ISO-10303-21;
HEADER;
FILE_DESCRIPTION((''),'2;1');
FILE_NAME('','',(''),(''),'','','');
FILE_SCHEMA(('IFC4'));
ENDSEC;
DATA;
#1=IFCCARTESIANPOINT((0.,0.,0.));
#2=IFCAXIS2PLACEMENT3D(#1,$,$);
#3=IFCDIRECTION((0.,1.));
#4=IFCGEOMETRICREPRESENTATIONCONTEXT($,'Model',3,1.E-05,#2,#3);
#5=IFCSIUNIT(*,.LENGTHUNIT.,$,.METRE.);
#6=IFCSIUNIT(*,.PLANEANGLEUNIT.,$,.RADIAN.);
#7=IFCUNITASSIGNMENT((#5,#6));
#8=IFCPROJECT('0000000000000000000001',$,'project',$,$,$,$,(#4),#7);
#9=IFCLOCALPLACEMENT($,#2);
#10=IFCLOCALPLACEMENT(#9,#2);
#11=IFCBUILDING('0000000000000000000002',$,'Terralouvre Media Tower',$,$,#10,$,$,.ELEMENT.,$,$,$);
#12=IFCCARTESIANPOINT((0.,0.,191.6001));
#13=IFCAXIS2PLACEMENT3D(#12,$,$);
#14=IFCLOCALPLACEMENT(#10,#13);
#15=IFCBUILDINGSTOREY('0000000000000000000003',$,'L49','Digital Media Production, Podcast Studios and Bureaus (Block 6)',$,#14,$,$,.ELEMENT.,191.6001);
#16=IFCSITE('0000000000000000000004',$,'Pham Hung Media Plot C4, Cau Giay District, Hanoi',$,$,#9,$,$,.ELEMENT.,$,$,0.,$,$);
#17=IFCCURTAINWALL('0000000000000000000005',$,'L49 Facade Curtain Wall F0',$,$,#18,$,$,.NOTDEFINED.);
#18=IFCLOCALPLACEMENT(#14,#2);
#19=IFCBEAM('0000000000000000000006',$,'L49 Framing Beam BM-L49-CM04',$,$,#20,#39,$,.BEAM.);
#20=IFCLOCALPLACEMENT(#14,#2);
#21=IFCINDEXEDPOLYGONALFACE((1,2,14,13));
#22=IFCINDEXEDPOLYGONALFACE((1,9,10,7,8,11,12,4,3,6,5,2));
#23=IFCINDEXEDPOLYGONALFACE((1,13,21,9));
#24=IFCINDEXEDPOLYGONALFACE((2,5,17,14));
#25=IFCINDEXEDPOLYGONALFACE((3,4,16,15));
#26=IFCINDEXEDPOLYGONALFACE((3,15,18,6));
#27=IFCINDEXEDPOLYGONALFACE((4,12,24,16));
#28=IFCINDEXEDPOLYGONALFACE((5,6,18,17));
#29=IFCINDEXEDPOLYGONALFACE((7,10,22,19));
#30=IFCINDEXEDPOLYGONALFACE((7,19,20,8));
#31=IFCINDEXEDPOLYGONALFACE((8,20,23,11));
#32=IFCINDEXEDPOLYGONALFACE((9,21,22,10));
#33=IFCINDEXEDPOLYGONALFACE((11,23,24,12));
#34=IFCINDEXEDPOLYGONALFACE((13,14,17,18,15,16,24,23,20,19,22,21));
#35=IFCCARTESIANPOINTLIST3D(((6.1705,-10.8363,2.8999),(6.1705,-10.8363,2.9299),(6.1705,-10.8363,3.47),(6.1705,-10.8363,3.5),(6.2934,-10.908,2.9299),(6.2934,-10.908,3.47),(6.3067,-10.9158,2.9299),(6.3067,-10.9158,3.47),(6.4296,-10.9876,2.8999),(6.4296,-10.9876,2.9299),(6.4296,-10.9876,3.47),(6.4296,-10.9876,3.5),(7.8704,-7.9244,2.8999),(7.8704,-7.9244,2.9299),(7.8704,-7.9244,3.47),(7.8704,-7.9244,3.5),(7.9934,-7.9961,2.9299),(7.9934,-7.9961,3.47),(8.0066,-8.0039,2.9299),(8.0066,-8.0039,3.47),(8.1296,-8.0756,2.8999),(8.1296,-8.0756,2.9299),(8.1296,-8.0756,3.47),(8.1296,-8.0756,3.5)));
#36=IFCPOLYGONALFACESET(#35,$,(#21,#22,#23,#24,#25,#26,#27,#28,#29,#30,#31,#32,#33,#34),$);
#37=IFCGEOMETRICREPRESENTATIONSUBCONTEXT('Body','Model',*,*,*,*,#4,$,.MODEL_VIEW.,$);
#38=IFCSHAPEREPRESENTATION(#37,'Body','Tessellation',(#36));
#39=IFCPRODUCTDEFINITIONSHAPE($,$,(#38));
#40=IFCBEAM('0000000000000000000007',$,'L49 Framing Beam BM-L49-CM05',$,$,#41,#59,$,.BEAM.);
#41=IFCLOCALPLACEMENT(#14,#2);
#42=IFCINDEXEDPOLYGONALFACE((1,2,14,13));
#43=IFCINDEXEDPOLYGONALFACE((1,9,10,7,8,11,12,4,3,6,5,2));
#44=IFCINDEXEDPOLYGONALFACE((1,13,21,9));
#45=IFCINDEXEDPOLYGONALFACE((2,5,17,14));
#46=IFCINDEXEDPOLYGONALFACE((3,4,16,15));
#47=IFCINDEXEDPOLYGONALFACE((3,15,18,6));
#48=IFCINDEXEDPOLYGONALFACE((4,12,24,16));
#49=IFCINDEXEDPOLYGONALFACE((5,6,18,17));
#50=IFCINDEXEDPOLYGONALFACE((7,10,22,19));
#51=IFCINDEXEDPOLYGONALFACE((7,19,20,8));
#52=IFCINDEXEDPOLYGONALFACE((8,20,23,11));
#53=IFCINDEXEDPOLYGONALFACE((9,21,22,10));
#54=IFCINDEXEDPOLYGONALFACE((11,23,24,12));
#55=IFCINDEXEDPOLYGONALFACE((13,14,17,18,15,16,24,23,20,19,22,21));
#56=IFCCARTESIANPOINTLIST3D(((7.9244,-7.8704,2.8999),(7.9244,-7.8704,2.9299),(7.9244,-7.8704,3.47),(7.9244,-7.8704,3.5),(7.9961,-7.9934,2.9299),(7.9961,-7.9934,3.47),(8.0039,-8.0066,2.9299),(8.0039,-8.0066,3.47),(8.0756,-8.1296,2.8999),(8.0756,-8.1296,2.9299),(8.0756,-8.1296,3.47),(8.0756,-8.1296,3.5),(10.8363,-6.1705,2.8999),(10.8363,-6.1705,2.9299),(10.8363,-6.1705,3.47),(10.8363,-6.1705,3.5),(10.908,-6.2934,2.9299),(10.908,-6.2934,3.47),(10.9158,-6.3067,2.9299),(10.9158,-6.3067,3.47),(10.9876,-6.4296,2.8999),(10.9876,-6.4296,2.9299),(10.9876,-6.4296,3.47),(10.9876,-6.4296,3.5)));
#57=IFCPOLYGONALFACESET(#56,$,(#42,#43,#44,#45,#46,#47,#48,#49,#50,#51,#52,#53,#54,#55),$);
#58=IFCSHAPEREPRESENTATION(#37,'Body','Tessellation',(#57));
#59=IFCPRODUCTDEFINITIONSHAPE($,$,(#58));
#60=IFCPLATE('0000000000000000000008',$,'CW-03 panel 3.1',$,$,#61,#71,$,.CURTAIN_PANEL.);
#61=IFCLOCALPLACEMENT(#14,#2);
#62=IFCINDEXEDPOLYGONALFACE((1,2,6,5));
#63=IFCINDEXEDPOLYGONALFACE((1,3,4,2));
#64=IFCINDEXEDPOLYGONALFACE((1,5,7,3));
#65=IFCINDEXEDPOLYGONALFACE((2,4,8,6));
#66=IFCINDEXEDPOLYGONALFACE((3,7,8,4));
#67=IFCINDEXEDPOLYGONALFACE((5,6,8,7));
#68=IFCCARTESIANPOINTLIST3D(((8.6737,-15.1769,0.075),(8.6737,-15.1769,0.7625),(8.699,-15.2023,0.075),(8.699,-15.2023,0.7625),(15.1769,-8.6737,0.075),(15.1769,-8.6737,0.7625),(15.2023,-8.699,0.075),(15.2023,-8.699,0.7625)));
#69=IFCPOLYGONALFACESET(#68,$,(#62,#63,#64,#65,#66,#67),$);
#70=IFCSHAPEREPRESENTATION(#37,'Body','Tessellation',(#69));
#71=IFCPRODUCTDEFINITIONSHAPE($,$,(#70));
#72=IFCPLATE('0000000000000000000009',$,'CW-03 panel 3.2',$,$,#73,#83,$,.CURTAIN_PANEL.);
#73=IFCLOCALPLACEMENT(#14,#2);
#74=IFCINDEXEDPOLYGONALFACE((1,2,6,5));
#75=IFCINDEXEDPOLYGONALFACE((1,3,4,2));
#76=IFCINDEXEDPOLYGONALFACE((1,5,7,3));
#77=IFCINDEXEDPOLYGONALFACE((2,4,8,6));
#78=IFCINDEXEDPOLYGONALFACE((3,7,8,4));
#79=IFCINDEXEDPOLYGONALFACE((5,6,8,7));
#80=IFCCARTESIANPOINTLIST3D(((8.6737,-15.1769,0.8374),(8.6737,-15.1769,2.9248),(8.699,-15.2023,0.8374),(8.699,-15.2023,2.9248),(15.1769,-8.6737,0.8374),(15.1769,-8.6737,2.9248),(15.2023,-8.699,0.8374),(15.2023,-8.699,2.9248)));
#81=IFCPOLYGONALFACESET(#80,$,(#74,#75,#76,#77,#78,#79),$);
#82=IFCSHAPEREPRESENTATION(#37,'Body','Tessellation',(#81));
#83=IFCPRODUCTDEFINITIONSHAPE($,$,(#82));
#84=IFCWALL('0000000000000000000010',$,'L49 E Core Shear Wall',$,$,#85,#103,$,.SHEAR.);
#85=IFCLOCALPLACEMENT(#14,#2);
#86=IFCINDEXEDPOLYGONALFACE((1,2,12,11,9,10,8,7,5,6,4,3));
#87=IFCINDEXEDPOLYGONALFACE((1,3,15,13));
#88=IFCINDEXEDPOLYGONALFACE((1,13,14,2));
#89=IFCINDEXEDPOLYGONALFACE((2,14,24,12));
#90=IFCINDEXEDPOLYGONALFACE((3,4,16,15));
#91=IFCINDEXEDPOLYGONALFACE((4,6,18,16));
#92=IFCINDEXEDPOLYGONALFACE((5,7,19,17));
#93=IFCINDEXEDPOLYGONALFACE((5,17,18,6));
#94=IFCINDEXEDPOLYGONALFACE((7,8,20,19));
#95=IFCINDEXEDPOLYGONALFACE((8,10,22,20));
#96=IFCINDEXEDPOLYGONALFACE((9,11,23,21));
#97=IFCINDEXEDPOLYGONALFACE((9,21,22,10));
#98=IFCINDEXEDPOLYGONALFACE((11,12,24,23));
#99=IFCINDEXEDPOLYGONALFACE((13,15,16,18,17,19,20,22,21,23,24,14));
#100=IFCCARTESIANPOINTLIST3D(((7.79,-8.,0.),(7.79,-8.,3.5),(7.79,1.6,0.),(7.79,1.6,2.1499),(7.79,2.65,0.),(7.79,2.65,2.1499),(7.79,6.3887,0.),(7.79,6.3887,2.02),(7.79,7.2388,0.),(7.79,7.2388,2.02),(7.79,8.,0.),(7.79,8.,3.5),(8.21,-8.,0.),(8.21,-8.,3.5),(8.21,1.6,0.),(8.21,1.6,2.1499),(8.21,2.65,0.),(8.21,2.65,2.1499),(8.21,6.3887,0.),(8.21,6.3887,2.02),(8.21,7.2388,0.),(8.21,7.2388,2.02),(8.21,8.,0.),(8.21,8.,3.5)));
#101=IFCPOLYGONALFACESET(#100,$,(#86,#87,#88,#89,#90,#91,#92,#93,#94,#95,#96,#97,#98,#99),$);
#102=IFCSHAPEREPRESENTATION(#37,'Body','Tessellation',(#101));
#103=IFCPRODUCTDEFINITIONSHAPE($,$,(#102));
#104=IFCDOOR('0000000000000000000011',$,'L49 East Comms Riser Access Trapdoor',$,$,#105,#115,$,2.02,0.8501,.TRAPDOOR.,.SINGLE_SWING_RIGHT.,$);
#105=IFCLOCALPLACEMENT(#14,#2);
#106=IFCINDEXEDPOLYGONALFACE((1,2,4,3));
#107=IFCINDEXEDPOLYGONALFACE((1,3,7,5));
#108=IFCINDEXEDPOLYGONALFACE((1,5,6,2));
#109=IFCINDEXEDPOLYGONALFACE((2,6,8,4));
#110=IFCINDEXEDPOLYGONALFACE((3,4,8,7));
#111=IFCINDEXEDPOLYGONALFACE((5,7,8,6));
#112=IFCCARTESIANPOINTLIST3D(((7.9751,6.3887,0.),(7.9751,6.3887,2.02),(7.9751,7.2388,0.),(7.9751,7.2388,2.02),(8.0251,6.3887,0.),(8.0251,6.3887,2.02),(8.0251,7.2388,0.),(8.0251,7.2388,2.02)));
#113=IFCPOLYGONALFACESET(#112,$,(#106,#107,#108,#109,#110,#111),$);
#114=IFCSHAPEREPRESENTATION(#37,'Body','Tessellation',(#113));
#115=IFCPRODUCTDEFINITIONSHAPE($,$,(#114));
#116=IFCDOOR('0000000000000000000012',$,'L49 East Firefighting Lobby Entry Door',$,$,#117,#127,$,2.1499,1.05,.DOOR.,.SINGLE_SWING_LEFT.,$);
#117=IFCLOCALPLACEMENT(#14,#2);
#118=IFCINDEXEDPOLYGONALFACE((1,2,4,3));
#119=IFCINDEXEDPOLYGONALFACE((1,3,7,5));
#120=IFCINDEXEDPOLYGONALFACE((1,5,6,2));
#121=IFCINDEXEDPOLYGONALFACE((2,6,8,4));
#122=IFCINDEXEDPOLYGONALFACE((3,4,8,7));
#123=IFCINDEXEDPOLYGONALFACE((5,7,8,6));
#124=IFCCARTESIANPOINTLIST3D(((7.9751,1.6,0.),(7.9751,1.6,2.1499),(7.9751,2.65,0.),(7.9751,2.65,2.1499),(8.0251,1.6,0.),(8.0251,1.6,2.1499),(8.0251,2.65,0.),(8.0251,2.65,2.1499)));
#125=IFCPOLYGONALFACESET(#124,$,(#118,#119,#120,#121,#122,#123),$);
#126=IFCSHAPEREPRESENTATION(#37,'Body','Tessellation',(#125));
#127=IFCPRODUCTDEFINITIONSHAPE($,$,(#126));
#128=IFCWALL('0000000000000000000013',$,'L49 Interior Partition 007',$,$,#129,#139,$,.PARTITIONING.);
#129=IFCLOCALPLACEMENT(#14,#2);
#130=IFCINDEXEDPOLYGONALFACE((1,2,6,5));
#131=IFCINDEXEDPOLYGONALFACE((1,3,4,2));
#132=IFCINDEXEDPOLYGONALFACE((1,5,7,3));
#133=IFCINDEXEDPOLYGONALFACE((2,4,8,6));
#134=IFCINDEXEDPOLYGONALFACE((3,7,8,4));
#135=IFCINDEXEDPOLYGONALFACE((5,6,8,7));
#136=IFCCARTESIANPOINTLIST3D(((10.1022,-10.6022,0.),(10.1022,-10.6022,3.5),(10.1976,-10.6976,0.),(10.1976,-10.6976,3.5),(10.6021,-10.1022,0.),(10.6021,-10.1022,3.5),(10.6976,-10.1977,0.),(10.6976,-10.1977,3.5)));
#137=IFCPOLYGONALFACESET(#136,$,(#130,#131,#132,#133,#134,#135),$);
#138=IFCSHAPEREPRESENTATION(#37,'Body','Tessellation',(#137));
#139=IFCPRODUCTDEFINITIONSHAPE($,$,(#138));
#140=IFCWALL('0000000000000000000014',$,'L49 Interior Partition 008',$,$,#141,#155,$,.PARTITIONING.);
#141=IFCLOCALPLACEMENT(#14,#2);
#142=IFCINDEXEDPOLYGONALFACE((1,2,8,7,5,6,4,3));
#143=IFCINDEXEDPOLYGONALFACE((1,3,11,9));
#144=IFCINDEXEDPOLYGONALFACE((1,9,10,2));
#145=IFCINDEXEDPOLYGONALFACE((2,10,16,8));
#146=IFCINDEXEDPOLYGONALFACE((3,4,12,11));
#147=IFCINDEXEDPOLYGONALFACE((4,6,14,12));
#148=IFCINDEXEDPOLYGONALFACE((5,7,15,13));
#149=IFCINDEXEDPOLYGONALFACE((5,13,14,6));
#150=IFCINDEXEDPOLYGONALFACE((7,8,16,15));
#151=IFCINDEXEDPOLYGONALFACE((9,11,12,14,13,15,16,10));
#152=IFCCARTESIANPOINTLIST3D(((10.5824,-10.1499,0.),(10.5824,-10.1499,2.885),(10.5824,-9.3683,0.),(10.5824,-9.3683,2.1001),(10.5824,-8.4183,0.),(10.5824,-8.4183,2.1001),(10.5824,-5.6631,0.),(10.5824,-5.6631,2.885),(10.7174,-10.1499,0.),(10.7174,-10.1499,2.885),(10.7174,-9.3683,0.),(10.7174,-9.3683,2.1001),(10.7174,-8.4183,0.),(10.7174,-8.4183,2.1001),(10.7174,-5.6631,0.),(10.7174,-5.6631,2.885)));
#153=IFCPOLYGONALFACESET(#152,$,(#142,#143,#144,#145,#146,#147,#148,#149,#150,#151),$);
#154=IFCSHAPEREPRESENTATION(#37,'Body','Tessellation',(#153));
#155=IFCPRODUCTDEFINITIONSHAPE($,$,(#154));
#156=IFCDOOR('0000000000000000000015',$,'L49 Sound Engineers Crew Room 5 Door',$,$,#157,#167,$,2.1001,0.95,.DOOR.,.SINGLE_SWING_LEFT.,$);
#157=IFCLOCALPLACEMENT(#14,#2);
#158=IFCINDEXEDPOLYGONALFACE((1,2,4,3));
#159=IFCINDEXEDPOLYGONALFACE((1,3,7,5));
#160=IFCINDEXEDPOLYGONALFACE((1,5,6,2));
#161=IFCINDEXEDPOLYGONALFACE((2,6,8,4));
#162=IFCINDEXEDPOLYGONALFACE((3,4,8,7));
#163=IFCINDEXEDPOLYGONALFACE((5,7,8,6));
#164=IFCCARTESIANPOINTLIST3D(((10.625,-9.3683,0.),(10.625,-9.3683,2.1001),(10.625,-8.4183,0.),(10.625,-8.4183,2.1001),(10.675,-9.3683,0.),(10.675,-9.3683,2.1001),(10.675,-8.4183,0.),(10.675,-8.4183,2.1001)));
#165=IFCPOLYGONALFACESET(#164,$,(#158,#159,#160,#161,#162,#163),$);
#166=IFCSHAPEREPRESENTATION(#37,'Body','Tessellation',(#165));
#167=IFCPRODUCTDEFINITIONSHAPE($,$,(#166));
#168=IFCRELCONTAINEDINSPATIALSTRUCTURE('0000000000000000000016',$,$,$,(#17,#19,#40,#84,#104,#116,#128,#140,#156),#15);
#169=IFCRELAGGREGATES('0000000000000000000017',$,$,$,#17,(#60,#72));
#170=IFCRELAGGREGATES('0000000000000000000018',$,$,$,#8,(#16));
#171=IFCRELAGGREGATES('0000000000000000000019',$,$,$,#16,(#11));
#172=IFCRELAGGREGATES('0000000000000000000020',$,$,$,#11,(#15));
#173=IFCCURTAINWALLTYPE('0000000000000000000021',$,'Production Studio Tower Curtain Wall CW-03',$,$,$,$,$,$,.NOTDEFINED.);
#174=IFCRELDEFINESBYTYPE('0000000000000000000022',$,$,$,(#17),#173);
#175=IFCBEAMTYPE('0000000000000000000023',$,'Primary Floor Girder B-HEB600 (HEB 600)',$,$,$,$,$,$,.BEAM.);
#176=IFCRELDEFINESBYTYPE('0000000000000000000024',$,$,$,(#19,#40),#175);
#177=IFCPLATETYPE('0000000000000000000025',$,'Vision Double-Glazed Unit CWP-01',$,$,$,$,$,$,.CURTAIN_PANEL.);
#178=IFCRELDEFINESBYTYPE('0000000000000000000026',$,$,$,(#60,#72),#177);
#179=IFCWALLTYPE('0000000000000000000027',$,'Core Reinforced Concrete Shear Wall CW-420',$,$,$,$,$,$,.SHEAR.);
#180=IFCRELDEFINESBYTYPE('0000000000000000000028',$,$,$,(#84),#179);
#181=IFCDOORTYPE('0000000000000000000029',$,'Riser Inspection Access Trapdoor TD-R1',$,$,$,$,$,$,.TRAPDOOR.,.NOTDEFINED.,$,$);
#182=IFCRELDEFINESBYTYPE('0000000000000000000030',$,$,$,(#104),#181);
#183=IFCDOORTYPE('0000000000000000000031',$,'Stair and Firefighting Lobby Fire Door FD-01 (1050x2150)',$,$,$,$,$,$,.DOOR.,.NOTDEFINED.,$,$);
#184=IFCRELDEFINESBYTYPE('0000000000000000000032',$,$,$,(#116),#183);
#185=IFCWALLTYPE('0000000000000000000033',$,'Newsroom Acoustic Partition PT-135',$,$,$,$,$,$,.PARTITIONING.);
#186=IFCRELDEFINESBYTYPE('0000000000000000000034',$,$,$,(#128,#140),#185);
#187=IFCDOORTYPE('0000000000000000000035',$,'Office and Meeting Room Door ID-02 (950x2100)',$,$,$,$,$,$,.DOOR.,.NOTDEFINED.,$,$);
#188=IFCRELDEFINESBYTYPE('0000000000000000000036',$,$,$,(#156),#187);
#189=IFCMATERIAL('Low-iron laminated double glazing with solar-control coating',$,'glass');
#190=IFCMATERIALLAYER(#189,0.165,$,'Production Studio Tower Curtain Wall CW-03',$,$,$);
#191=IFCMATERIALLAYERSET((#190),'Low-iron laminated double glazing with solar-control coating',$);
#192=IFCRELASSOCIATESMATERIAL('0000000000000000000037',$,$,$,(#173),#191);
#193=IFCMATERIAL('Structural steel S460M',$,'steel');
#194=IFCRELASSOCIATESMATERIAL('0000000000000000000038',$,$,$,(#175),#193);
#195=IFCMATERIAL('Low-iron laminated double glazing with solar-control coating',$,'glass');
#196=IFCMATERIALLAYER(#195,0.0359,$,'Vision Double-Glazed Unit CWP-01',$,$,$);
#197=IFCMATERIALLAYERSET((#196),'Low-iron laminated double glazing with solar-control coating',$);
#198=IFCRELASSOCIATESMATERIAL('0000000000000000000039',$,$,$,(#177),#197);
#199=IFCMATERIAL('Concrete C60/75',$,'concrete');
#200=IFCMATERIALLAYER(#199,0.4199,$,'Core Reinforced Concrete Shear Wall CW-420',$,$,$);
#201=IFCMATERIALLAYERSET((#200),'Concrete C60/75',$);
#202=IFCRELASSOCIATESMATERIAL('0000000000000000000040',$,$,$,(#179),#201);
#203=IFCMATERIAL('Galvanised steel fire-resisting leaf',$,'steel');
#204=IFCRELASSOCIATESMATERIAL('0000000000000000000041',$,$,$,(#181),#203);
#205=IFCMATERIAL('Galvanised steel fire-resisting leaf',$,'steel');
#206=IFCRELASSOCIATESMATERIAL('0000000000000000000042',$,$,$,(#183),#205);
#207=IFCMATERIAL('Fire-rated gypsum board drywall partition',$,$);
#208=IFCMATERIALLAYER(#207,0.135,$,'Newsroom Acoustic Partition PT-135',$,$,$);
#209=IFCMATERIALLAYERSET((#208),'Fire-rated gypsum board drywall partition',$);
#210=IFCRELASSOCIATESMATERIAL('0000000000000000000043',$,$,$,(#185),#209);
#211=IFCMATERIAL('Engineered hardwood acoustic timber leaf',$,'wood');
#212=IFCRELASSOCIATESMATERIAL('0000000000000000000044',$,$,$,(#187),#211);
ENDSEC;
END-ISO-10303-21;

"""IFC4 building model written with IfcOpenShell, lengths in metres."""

from ifc_helpers import new_model, si_unit, direction, frame, frame_2d, origin, origin_2d, place, context, subcontext, project, spatial, rectangle, i_section, extrude, material, layer, layer_set, material_profile, profile_set, type_object, element, fill, aggregate, save


model = new_model("IFC4")

# Units and contexts
model_context = context("Model", 3, precision=1e-05, world=origin(), true_north=direction((0.0, 1.0)))
body_context = subcontext(model_context, "Body", "Model", "MODEL_VIEW")
ifc_project = project(units=[si_unit("LENGTHUNIT", "METRE"), si_unit("PLANEANGLEUNIT", "RADIAN")], contexts=[model_context])

# Site, building, storey
site_placement = place(None, origin())
site = spatial("IfcSite", under=ifc_project, at=site_placement, Name="Pham Hung Media Plot C4, Cau Giay District, Hanoi", CompositionType="ELEMENT", RefElevation=0.0)
building_placement = place(site_placement, origin())
building = spatial("IfcBuilding", under=site, at=building_placement, Name="Terralouvre Media Tower", CompositionType="ELEMENT")
storey_placement = place(building_placement, frame((0.0, 0.0, 191.6001)))
storey = spatial("IfcBuildingStorey", under=building, at=storey_placement, Name="L49", Description="Digital Media Production, Podcast Studios and Bureaus (Block 6)", CompositionType="ELEMENT", Elevation=191.6001)

# Curtain wall
ifc_material_1 = material(Name="Low-iron laminated double glazing with solar-control coating", Category="glass")
ifc_layer_1 = layer(ifc_material_1, 0.165, Name="Production Studio Tower Curtain Wall CW-03")
ifc_layer_set_1 = layer_set([ifc_layer_1], Name="Low-iron laminated double glazing with solar-control coating")
curtain_wall_type = type_object("IfcCurtainWallType", Name="Production Studio Tower Curtain Wall CW-03", PredefinedType="NOTDEFINED", material=ifc_layer_set_1)
curtain_wall_placement = place(storey_placement, origin())
curtain_wall = element("IfcCurtainWall", 1, at=curtain_wall_placement, inside=storey, type_object=curtain_wall_type, Name="L49 Facade Curtain Wall F0", PredefinedType="NOTDEFINED")

# Beams
ifc_material_2 = material(Name="Structural steel S460M", Category="steel")
ifc_material_profile_1 = material_profile(ifc_material_2, i_section(OverallWidth=0.3, OverallDepth=0.6001, WebThickness=0.0154, FlangeThickness=0.03, at=origin_2d()), Name="HEB 600")
ifc_profile_set_1 = profile_set([ifc_material_profile_1], Name="Structural steel S460M")
beam_type_1 = type_object("IfcBeamType", Name="Primary Floor Girder B-HEB600 (HEB 600)", PredefinedType="BEAM", material=ifc_profile_set_1)
for number, where, z_axis, x_axis, name in (
    (2, (8.0, -8.0, 3.2), (-0.504173, -0.863603, 0.0), (0.863603, -0.504173, 0.0), "L49 Framing Beam BM-L49-CM04"),
    (3, (8.0, -8.0, 3.2), (0.863603, 0.504173, 0.0), (-0.504173, 0.863603, 0.0), "L49 Framing Beam BM-L49-CM05"),
):
    element("IfcBeam", number, at=place(storey_placement, frame(where, z_axis=z_axis, x_axis=x_axis)), inside=storey, type_object=beam_type_1, Name=name, PredefinedType="BEAM", context=body_context, shape_type="SweptSolid", body=[
        extrude(i_section(OverallWidth=0.3, OverallDepth=0.6001, WebThickness=0.0154, FlangeThickness=0.03, at=origin_2d()), origin(), (0.0, 0.0, 1.0), 3.3718),
    ])

# Plates
ifc_material_3 = material(Name="Low-iron laminated double glazing with solar-control coating", Category="glass")
ifc_layer_2 = layer(ifc_material_3, 0.0359, Name="Vision Double-Glazed Unit CWP-01")
ifc_layer_set_2 = layer_set([ifc_layer_2], Name="Low-iron laminated double glazing with solar-control coating")
plate_type = type_object("IfcPlateType", Name="Vision Double-Glazed Unit CWP-01", PredefinedType="CURTAIN_PANEL", material=ifc_layer_set_2)
plate_1_placement = place(storey_placement, frame((11.938, -11.938, 0.075), z_axis=(0.0, 0.0, 1.0), x_axis=(0.707107, 0.707107, 0.0)))
plate_1 = element("IfcPlate", 4, at=plate_1_placement, type_object=plate_type, Name="CW-03 panel 3.1", PredefinedType="CURTAIN_PANEL", context=body_context, shape_type="SweptSolid", body=[
    extrude(rectangle(XDim=9.197, YDim=0.0359, at=origin_2d()), origin(), (0.0, 0.0, 1.0), 0.6875),
])
plate_2_placement = place(storey_placement, frame((11.938, -11.938, 0.8374), z_axis=(0.0, 0.0, 1.0), x_axis=(0.707107, 0.707107, 0.0)))
plate_2 = element("IfcPlate", 5, at=plate_2_placement, type_object=plate_type, Name="CW-03 panel 3.2", PredefinedType="CURTAIN_PANEL", context=body_context, shape_type="SweptSolid", body=[
    extrude(rectangle(XDim=9.197, YDim=0.0359, at=origin_2d()), origin(), (0.0, 0.0, 1.0), 2.0874),
])
aggregate(curtain_wall, [plate_1, plate_2])

# Wall, openings, doors
ifc_material_4 = material(Name="Concrete C60/75", Category="concrete")
ifc_layer_3 = layer(ifc_material_4, 0.4199, Name="Core Reinforced Concrete Shear Wall CW-420")
ifc_layer_set_3 = layer_set([ifc_layer_3], Name="Concrete C60/75")
wall_type_1 = type_object("IfcWallType", Name="Core Reinforced Concrete Shear Wall CW-420", PredefinedType="SHEAR", material=ifc_layer_set_3)
wall_1_placement = place(storey_placement, frame((8.0, -8.0, 0.0), z_axis=(0.0, 0.0, 1.0), x_axis=(0.0, 1.0, 0.0)))
wall_1 = element("IfcWall", 6, at=wall_1_placement, inside=storey, type_object=wall_type_1, Name="L49 E Core Shear Wall", PredefinedType="SHEAR", context=body_context, shape_type="SweptSolid", body=[
    extrude(rectangle(XDim=16.0, YDim=0.4199, at=frame_2d((8.0, 0.0))), origin(), (0.0, 0.0, 1.0), 3.5),
])
opening_1_placement = place(wall_1_placement, frame((9.6001, 0.0, 0.0)))
opening_1 = element("IfcOpeningElement", 7, at=opening_1_placement, cuts=wall_1, PredefinedType="OPENING", context=body_context, shape_type="SweptSolid", body=[
    extrude(rectangle(XDim=1.05, YDim=2.1499, at=frame_2d((0.5249, 1.075))), frame((0.0, 0.22, 0.0), z_axis=(0.0, -1.0, 0.0), x_axis=(1.0, 0.0, 0.0)), (0.0, 0.0, 1.0), 0.4399),
])
opening_2_placement = place(wall_1_placement, frame((14.3887, 0.0, 0.0)))
opening_2 = element("IfcOpeningElement", 8, at=opening_2_placement, cuts=wall_1, PredefinedType="OPENING", context=body_context, shape_type="SweptSolid", body=[
    extrude(rectangle(XDim=0.8501, YDim=2.02, at=frame_2d((0.425, 1.01))), frame((0.0, 0.22, 0.0), z_axis=(0.0, -1.0, 0.0), x_axis=(1.0, 0.0, 0.0)), (0.0, 0.0, 1.0), 0.4399),
])
ifc_material_5 = material(Name="Galvanised steel fire-resisting leaf", Category="steel")
door_type_1 = type_object("IfcDoorType", Name="Riser Inspection Access Trapdoor TD-R1", OperationType="NOTDEFINED", PredefinedType="TRAPDOOR", material=ifc_material_5)
door_1_placement = place(opening_2_placement, origin())
door_1 = element("IfcDoor", 9, at=door_1_placement, inside=storey, type_object=door_type_1, Name="L49 East Comms Riser Access Trapdoor", OperationType="SINGLE_SWING_RIGHT", OverallHeight=2.02, OverallWidth=0.8501, PredefinedType="TRAPDOOR", context=body_context, shape_type="SweptSolid", body=[
    extrude(rectangle(XDim=0.8501, YDim=2.02, at=frame_2d((0.425, 1.01))), frame((0.0, 0.0249, 0.0), z_axis=(0.0, -1.0, 0.0), x_axis=(1.0, 0.0, 0.0)), (0.0, 0.0, 1.0), 0.05),
])
fill(opening_2, door_1)
ifc_material_6 = material(Name="Galvanised steel fire-resisting leaf", Category="steel")
door_type_2 = type_object("IfcDoorType", Name="Stair and Firefighting Lobby Fire Door FD-01 (1050x2150)", OperationType="NOTDEFINED", PredefinedType="DOOR", material=ifc_material_6)
door_2_placement = place(opening_1_placement, origin())
door_2 = element("IfcDoor", 10, at=door_2_placement, inside=storey, type_object=door_type_2, Name="L49 East Firefighting Lobby Entry Door", OperationType="SINGLE_SWING_LEFT", OverallHeight=2.1499, OverallWidth=1.05, PredefinedType="DOOR", context=body_context, shape_type="SweptSolid", body=[
    extrude(rectangle(XDim=1.05, YDim=2.1499, at=frame_2d((0.5249, 1.075))), frame((0.0, 0.0249, 0.0), z_axis=(0.0, -1.0, 0.0), x_axis=(1.0, 0.0, 0.0)), (0.0, 0.0, 1.0), 0.05),
])
fill(opening_1, door_2)

# Wall
ifc_material_7 = material(Name="Fire-rated gypsum board drywall partition")
ifc_layer_4 = layer(ifc_material_7, 0.135, Name="Newsroom Acoustic Partition PT-135")
ifc_layer_set_4 = layer_set([ifc_layer_4], Name="Fire-rated gypsum board drywall partition")
wall_type_2 = type_object("IfcWallType", Name="Newsroom Acoustic Partition PT-135", PredefinedType="PARTITIONING", material=ifc_layer_set_4)
wall_2_placement = place(storey_placement, frame((10.1499, -10.6499, 0.0), z_axis=(0.0, 0.0, 1.0), x_axis=(0.707107, 0.707107, 0.0)))
element("IfcWall", 11, at=wall_2_placement, inside=storey, type_object=wall_type_2, Name="L49 Interior Partition 007", PredefinedType="PARTITIONING", context=body_context, shape_type="SweptSolid", body=[
    extrude(rectangle(XDim=0.707, YDim=0.135, at=frame_2d((0.3535, 0.0))), origin(), (0.0, 0.0, 1.0), 3.5),
])

# Wall, opening, door
wall_3_placement = place(storey_placement, frame((10.6499, -10.1499, 0.0), z_axis=(0.0, 0.0, 1.0), x_axis=(0.0, 1.0, 0.0)))
wall_3 = element("IfcWall", 12, at=wall_3_placement, inside=storey, type_object=wall_type_2, Name="L49 Interior Partition 008", PredefinedType="PARTITIONING", context=body_context, shape_type="SweptSolid", body=[
    extrude(rectangle(XDim=4.4868, YDim=0.135, at=frame_2d((2.2434, 0.0))), origin(), (0.0, 0.0, 1.0), 2.885),
])
opening_3_placement = place(wall_3_placement, frame((0.7815, 0.0, 0.0)))
opening_3 = element("IfcOpeningElement", 13, at=opening_3_placement, cuts=wall_3, PredefinedType="OPENING", context=body_context, shape_type="SweptSolid", body=[
    extrude(rectangle(XDim=0.95, YDim=2.1001, at=frame_2d((0.4751, 1.05))), frame((0.0, 0.0774, 0.0), z_axis=(0.0, -1.0, 0.0), x_axis=(1.0, 0.0, 0.0)), (0.0, 0.0, 1.0), 0.155),
])
ifc_material_8 = material(Name="Engineered hardwood acoustic timber leaf", Category="wood")
door_type_3 = type_object("IfcDoorType", Name="Office and Meeting Room Door ID-02 (950x2100)", OperationType="NOTDEFINED", PredefinedType="DOOR", material=ifc_material_8)
door_3_placement = place(opening_3_placement, origin())
door_3 = element("IfcDoor", 14, at=door_3_placement, inside=storey, type_object=door_type_3, Name="L49 Sound Engineers Crew Room 5 Door", OperationType="SINGLE_SWING_LEFT", OverallHeight=2.1001, OverallWidth=0.95, PredefinedType="DOOR", context=body_context, shape_type="SweptSolid", body=[
    extrude(rectangle(XDim=0.95, YDim=2.1001, at=frame_2d((0.4751, 1.05))), frame((0.0, 0.0249, 0.0), z_axis=(0.0, -1.0, 0.0), x_axis=(1.0, 0.0, 0.0)), (0.0, 0.0, 1.0), 0.05),
])
fill(opening_3, door_3)

save(model, "model.ifc")
